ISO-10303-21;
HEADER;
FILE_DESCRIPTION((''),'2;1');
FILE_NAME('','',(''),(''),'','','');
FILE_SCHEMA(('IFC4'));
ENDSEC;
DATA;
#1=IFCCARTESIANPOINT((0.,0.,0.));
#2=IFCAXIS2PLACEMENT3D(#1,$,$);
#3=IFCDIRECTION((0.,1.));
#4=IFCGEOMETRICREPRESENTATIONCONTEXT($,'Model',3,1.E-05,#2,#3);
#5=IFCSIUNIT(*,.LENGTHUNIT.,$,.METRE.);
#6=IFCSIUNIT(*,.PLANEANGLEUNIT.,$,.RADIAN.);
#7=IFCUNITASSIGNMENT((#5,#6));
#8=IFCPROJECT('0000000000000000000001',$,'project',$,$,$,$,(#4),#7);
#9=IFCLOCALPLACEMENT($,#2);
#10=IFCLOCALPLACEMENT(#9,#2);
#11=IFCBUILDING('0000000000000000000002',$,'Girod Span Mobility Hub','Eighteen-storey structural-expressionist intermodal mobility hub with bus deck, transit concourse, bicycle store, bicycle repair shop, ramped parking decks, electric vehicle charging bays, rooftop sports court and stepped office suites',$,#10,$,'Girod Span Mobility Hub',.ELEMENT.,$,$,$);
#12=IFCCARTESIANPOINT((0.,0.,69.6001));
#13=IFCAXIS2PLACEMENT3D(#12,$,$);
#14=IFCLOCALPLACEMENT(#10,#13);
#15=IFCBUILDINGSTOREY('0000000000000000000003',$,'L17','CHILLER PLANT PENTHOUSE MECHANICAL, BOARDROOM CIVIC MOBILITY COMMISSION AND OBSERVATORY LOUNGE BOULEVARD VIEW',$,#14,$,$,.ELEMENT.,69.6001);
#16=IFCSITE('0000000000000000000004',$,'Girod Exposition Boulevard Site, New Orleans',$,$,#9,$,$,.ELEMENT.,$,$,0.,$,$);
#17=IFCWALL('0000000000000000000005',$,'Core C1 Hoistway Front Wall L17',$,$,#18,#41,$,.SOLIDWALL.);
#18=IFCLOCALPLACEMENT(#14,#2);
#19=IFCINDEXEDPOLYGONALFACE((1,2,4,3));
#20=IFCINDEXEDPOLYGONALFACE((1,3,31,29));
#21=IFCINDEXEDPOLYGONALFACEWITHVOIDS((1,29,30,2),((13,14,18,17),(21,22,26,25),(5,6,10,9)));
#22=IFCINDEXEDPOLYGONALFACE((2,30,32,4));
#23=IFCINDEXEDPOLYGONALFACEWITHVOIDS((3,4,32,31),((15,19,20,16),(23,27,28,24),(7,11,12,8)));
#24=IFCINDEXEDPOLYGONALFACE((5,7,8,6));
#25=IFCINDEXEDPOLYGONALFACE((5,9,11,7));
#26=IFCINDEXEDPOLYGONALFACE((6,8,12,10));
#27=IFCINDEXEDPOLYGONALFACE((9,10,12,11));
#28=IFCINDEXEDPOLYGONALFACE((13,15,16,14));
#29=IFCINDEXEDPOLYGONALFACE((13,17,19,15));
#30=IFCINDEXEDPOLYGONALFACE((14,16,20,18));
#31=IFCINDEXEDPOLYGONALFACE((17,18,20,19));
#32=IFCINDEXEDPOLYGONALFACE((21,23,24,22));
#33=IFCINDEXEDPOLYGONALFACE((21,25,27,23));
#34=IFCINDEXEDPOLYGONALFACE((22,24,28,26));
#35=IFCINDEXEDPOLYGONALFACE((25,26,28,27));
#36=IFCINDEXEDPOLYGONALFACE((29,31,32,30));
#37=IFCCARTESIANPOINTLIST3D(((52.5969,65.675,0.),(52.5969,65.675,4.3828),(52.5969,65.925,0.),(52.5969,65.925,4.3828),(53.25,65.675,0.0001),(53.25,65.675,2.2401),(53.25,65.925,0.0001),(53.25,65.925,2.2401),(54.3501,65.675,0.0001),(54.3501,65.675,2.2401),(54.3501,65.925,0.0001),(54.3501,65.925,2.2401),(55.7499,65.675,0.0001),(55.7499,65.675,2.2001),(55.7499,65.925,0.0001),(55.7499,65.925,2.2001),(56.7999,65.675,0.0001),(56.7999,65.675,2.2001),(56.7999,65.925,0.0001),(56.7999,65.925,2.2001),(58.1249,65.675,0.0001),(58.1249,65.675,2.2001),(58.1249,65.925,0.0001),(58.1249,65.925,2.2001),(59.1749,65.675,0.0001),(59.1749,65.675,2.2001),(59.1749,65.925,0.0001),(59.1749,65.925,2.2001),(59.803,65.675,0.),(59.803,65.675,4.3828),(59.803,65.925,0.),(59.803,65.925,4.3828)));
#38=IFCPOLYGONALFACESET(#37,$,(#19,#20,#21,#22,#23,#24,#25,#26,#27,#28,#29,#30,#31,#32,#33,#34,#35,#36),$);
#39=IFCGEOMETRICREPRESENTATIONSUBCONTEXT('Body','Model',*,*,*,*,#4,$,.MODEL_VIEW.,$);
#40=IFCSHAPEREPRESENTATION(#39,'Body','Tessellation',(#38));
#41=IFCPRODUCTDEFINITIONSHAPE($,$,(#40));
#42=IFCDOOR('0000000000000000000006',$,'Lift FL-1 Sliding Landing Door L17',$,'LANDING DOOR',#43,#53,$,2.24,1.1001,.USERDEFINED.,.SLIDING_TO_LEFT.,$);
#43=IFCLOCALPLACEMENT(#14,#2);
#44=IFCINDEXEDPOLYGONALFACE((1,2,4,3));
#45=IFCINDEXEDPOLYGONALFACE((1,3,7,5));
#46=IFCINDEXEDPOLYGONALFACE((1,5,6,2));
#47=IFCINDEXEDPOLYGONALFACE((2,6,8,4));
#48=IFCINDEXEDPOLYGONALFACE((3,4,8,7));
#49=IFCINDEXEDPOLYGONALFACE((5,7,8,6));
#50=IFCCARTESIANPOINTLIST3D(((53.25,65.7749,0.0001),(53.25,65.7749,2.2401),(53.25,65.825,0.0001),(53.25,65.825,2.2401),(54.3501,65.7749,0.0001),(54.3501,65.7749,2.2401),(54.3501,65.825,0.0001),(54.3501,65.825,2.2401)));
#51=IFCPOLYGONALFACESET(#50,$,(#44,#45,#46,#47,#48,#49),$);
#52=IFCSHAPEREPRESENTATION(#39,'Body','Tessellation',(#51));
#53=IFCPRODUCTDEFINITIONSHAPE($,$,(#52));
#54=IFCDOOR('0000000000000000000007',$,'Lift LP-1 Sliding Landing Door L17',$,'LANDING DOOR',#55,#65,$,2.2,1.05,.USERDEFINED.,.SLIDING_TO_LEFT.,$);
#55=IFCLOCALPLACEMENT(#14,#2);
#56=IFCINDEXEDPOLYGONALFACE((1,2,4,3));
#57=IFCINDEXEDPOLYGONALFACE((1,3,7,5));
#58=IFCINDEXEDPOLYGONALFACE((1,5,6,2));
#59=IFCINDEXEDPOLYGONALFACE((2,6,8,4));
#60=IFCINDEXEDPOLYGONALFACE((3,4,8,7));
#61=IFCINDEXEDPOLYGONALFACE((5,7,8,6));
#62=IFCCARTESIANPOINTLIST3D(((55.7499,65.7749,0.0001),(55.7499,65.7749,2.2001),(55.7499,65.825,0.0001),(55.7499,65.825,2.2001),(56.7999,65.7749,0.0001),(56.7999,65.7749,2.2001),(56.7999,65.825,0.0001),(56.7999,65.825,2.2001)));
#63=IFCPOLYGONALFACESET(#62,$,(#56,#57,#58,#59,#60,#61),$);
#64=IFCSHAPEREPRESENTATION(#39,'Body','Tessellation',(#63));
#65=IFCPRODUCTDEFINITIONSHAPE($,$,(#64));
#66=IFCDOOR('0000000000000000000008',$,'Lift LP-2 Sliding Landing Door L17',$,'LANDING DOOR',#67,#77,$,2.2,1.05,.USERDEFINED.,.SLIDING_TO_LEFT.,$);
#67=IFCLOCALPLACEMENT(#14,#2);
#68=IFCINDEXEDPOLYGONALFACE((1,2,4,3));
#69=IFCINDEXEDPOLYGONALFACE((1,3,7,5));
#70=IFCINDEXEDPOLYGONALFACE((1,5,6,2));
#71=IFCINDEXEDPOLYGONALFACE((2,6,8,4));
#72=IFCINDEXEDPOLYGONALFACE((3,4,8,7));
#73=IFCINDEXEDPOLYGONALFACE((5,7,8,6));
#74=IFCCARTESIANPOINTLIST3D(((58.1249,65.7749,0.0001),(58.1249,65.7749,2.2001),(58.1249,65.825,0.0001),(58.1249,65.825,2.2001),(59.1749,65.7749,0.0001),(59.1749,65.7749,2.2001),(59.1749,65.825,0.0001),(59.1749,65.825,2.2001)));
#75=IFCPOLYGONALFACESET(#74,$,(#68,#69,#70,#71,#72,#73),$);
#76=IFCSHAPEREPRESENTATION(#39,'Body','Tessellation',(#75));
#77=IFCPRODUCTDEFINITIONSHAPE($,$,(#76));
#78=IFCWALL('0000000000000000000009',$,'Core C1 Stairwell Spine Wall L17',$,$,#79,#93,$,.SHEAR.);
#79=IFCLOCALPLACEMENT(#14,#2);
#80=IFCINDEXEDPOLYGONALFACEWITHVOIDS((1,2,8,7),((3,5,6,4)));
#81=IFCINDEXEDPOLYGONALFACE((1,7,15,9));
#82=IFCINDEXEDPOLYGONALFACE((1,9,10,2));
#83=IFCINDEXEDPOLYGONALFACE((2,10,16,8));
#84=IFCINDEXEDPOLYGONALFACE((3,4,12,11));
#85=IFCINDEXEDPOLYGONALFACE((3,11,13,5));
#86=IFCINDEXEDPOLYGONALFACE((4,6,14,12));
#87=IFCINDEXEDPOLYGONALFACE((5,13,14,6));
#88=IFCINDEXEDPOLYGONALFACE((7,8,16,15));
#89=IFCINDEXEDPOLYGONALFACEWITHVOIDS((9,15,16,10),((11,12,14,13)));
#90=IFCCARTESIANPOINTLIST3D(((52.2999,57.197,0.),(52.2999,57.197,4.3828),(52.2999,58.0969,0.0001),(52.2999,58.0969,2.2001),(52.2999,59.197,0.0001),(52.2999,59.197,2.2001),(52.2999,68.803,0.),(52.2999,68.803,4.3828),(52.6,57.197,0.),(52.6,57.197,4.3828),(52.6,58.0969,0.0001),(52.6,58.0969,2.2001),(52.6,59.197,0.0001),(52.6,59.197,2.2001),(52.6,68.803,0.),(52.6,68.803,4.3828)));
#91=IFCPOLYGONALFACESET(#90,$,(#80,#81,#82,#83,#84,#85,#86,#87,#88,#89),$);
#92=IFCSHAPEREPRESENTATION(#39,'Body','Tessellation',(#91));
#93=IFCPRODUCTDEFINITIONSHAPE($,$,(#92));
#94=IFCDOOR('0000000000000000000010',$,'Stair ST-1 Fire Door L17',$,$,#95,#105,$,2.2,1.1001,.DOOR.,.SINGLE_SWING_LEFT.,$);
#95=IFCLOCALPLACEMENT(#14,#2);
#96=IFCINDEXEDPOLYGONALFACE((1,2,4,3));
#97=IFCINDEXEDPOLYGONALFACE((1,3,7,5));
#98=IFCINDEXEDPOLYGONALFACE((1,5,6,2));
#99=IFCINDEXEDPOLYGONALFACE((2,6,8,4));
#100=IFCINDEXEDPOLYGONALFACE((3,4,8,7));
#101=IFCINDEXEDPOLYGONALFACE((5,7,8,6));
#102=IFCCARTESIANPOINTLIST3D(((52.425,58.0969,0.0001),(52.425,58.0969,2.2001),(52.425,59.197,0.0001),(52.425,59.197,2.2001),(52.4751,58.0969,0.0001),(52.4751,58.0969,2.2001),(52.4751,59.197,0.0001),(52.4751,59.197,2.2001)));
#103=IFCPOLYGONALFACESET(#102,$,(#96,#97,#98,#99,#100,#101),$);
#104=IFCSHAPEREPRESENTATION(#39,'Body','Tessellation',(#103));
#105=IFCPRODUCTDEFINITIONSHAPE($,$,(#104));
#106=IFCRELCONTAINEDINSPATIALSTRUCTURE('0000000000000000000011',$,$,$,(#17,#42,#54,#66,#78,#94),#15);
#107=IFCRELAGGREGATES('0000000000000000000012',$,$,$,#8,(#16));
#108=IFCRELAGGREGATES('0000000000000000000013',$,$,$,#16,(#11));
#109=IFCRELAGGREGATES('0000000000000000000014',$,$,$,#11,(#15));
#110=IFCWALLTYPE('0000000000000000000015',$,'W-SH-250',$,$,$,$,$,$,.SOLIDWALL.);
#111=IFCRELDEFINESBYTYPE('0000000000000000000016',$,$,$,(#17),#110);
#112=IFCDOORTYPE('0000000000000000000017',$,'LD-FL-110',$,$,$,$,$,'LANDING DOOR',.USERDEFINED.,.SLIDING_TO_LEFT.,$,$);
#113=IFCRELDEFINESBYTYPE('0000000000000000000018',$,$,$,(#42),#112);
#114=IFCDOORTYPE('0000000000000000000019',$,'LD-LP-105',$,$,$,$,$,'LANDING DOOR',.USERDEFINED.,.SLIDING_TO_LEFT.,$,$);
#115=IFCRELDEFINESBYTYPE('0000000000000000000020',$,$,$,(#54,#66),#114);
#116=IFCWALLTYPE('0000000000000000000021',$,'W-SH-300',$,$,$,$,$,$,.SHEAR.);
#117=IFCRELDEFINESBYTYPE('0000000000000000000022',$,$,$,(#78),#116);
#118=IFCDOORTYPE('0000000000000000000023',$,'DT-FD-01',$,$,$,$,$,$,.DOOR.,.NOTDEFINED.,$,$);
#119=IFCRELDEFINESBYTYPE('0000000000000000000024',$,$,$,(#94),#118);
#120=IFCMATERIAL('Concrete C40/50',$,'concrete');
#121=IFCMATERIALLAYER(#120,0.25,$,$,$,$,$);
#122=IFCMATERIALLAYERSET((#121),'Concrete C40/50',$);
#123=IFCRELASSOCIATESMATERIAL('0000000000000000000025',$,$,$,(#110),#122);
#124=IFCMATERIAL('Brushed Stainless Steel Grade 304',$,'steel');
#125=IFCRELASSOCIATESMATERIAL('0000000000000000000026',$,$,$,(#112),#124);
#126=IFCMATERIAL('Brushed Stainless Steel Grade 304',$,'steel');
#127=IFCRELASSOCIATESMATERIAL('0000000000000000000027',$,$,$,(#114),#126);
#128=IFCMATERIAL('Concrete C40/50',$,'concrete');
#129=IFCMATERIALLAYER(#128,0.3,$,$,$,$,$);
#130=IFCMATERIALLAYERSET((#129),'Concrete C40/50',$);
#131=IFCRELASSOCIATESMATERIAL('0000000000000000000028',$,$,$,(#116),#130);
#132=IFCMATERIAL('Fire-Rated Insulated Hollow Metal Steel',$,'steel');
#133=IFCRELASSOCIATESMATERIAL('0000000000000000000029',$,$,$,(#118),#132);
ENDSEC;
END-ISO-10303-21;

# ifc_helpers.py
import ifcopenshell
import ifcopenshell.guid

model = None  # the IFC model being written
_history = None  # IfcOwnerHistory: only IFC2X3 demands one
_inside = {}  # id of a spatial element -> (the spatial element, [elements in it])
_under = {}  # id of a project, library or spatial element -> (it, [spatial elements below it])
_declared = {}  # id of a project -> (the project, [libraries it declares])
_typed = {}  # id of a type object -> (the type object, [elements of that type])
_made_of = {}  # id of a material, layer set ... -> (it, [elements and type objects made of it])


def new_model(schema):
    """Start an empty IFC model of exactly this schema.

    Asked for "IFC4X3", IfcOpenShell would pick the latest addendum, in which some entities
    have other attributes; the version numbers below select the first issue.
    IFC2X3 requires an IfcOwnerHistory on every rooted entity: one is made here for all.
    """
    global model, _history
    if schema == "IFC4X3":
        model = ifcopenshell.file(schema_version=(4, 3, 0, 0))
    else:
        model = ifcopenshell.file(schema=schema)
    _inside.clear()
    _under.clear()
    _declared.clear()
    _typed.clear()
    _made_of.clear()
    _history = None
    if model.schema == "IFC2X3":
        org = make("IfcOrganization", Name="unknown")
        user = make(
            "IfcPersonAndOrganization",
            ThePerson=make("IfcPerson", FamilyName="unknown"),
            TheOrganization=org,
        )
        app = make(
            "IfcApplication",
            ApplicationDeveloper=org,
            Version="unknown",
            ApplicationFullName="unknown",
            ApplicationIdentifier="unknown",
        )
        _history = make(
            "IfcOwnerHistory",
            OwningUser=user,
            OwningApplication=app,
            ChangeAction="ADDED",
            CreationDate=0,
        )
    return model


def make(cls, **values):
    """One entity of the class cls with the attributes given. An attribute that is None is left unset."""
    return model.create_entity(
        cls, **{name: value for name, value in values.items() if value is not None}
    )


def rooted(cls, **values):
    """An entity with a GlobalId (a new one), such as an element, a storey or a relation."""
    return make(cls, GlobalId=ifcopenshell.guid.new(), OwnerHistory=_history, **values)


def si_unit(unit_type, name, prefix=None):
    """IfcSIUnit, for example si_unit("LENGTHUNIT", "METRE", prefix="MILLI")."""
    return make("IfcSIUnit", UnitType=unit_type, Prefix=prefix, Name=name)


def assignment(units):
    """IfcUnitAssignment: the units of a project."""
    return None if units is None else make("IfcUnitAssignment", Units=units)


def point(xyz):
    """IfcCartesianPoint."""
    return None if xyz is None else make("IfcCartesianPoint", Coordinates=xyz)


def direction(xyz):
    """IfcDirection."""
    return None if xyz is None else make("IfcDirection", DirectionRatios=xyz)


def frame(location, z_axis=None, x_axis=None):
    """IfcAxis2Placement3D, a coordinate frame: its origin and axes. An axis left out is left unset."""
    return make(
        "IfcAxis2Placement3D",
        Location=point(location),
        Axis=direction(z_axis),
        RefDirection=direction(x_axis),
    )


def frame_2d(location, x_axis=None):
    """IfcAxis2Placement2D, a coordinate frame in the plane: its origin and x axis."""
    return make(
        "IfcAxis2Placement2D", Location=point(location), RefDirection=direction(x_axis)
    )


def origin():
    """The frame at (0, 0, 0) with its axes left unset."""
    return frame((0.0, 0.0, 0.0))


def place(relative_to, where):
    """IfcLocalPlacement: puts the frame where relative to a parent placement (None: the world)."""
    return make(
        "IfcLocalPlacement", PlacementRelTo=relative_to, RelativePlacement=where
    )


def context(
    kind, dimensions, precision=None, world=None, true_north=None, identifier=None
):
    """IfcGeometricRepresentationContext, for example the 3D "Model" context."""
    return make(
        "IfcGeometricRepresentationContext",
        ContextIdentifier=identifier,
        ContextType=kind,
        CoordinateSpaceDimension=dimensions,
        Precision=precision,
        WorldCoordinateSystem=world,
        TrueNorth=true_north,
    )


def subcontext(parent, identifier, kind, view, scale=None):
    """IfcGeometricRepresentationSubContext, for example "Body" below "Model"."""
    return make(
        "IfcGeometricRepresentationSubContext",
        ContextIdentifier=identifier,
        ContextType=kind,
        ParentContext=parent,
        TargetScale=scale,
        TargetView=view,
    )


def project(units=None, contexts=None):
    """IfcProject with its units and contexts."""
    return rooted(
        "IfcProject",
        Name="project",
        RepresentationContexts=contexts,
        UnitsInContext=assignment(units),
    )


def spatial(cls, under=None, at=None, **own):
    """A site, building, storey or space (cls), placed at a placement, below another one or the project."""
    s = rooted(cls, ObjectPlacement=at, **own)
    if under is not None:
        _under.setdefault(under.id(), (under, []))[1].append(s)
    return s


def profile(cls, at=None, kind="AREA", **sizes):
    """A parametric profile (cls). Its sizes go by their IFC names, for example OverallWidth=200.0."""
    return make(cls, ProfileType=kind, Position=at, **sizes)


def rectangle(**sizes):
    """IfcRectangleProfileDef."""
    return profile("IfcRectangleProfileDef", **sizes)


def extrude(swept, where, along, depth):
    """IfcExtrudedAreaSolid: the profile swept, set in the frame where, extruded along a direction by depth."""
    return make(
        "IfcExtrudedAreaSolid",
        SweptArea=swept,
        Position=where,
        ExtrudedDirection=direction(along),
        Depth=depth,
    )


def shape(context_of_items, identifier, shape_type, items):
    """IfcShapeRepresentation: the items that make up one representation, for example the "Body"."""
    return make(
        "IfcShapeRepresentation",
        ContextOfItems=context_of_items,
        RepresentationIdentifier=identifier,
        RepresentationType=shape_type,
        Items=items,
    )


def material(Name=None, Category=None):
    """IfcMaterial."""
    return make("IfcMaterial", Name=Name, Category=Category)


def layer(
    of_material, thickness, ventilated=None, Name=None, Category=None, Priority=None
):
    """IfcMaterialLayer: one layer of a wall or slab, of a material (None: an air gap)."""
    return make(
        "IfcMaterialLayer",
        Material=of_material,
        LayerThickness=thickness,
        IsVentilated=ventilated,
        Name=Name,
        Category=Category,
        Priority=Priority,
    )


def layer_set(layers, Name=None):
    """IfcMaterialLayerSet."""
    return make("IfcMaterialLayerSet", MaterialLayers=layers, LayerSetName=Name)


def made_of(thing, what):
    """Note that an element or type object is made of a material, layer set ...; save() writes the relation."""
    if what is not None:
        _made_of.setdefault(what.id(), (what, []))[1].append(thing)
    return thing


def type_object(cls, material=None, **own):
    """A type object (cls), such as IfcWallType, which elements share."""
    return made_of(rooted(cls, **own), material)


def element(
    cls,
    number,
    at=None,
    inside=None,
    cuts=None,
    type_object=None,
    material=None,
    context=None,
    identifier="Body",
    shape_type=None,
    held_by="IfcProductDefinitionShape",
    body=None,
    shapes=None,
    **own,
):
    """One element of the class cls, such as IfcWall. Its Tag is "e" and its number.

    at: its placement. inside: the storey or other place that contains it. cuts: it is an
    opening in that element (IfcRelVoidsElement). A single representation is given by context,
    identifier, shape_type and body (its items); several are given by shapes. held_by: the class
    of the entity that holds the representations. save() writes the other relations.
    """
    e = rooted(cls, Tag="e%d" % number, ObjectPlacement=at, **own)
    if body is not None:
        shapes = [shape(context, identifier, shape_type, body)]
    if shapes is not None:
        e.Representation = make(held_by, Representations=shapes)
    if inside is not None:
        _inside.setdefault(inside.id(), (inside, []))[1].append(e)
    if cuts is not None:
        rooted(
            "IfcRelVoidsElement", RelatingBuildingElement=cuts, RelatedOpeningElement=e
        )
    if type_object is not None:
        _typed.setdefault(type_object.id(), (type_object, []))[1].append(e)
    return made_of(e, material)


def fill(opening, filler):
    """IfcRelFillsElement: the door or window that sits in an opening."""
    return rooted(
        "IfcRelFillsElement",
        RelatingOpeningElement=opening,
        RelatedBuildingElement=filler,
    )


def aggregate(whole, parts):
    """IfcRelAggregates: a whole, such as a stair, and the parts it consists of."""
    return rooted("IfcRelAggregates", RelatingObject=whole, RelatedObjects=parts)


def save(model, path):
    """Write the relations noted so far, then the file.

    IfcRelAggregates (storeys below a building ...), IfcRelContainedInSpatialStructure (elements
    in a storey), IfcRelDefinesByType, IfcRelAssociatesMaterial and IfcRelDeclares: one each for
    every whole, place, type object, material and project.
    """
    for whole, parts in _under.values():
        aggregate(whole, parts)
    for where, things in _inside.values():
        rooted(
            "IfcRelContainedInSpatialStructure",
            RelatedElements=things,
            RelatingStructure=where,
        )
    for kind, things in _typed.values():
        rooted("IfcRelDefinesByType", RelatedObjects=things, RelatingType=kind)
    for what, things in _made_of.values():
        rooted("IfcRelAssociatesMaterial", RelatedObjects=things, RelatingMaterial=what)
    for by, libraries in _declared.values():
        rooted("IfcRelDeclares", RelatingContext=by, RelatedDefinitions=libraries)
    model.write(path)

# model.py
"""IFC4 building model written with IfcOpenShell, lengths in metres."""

from ifc_helpers import new_model, si_unit, direction, frame, frame_2d, origin, place, context, subcontext, project, spatial, rectangle, extrude, material, layer, layer_set, type_object, element, fill, save


model = new_model("IFC4")

# Units and contexts
model_context = context("Model", 3, precision=1e-05, world=origin(), true_north=direction((0.0, 1.0)))
body_context = subcontext(model_context, "Body", "Model", "MODEL_VIEW")
ifc_project = project(units=[si_unit("LENGTHUNIT", "METRE"), si_unit("PLANEANGLEUNIT", "RADIAN")], contexts=[model_context])

# Site, building, storey
site_placement = place(None, origin())
site = spatial("IfcSite", under=ifc_project, at=site_placement, Name="Girod Exposition Boulevard Site, New Orleans", CompositionType="ELEMENT", RefElevation=0.0)
building_placement = place(site_placement, origin())
building = spatial("IfcBuilding", under=site, at=building_placement, Name="Girod Span Mobility Hub", Description="Eighteen-storey structural-expressionist intermodal mobility hub with bus deck, transit concourse, bicycle store, bicycle repair shop, ramped parking decks, electric vehicle charging bays, rooftop sports court and stepped office suites", LongName="Girod Span Mobility Hub", CompositionType="ELEMENT")
storey_placement = place(building_placement, frame((0.0, 0.0, 69.6001)))
storey = spatial("IfcBuildingStorey", under=building, at=storey_placement, Name="L17", Description="CHILLER PLANT PENTHOUSE MECHANICAL, BOARDROOM CIVIC MOBILITY COMMISSION AND OBSERVATORY LOUNGE BOULEVARD VIEW", CompositionType="ELEMENT", Elevation=69.6001)

# Wall, openings, doors
ifc_material_1 = material(Name="Concrete C40/50", Category="concrete")
ifc_layer_1 = layer(ifc_material_1, 0.25)
ifc_layer_set_1 = layer_set([ifc_layer_1], Name="Concrete C40/50")
wall_type_1 = type_object("IfcWallType", Name="W-SH-250", PredefinedType="SOLIDWALL", material=ifc_layer_set_1)
wall_1_placement = place(storey_placement, frame((52.5969, 65.8, 0.0), z_axis=(0.0, 0.0, 1.0), x_axis=(1.0, 0.0, 0.0)))
wall_1 = element("IfcWall", 1, at=wall_1_placement, inside=storey, type_object=wall_type_1, Name="Core C1 Hoistway Front Wall L17", PredefinedType="SOLIDWALL", context=body_context, shape_type="SweptSolid", body=[
    extrude(rectangle(XDim=7.2061, YDim=0.25, at=frame_2d((3.603, 0.0))), origin(), (0.0, 0.0, 1.0), 4.3828),
])
opening_1_placement = place(wall_1_placement, frame((0.6531, 0.0, 0.0)))
opening_1 = element("IfcOpeningElement", 2, at=opening_1_placement, cuts=wall_1, PredefinedType="OPENING", context=body_context, shape_type="SweptSolid", body=[
    extrude(rectangle(XDim=1.1001, YDim=2.24, at=frame_2d((0.55, 1.1201))), frame((0.0, 0.1399, 0.0), z_axis=(0.0, -1.0, 0.0), x_axis=(1.0, 0.0, 0.0)), (0.0, 0.0, 1.0), 0.28),
])
opening_2_placement = place(wall_1_placement, frame((3.1531, 0.0, 0.0)))
opening_2 = element("IfcOpeningElement", 3, at=opening_2_placement, cuts=wall_1, PredefinedType="OPENING", context=body_context, shape_type="SweptSolid", body=[
    extrude(rectangle(XDim=1.05, YDim=2.2, at=frame_2d((0.5249, 1.1001))), frame((0.0, 0.1399, 0.0), z_axis=(0.0, -1.0, 0.0), x_axis=(1.0, 0.0, 0.0)), (0.0, 0.0, 1.0), 0.28),
])
opening_3_placement = place(wall_1_placement, frame((5.5281, 0.0, 0.0)))
opening_3 = element("IfcOpeningElement", 4, at=opening_3_placement, cuts=wall_1, PredefinedType="OPENING", context=body_context, shape_type="SweptSolid", body=[
    extrude(rectangle(XDim=1.05, YDim=2.2, at=frame_2d((0.5249, 1.1001))), frame((0.0, 0.1399, 0.0), z_axis=(0.0, -1.0, 0.0), x_axis=(1.0, 0.0, 0.0)), (0.0, 0.0, 1.0), 0.28),
])
ifc_material_2 = material(Name="Brushed Stainless Steel Grade 304", Category="steel")
door_type_1 = type_object("IfcDoorType", Name="LD-FL-110", ElementType="LANDING DOOR", OperationType="SLIDING_TO_LEFT", PredefinedType="USERDEFINED", material=ifc_material_2)
door_1_placement = place(opening_1_placement, origin())
door_1 = element("IfcDoor", 5, at=door_1_placement, inside=storey, type_object=door_type_1, Name="Lift FL-1 Sliding Landing Door L17", ObjectType="LANDING DOOR", OperationType="SLIDING_TO_LEFT", OverallHeight=2.24, OverallWidth=1.1001, PredefinedType="USERDEFINED", context=body_context, shape_type="SweptSolid", body=[
    extrude(rectangle(XDim=1.1001, YDim=2.24, at=frame_2d((0.55, 1.1201))), frame((0.0, 0.0249, 0.0), z_axis=(0.0, -1.0, 0.0), x_axis=(1.0, 0.0, 0.0)), (0.0, 0.0, 1.0), 0.05),
])
fill(opening_1, door_1)
ifc_material_3 = material(Name="Brushed Stainless Steel Grade 304", Category="steel")
door_type_2 = type_object("IfcDoorType", Name="LD-LP-105", ElementType="LANDING DOOR", OperationType="SLIDING_TO_LEFT", PredefinedType="USERDEFINED", material=ifc_material_3)
door_2_placement = place(opening_2_placement, origin())
door_2 = element("IfcDoor", 6, at=door_2_placement, inside=storey, type_object=door_type_2, Name="Lift LP-1 Sliding Landing Door L17", ObjectType="LANDING DOOR", OperationType="SLIDING_TO_LEFT", OverallHeight=2.2, OverallWidth=1.05, PredefinedType="USERDEFINED", context=body_context, shape_type="SweptSolid", body=[
    extrude(rectangle(XDim=1.05, YDim=2.2, at=frame_2d((0.5249, 1.1001))), frame((0.0, 0.0249, 0.0), z_axis=(0.0, -1.0, 0.0), x_axis=(1.0, 0.0, 0.0)), (0.0, 0.0, 1.0), 0.05),
])
fill(opening_2, door_2)
door_3_placement = place(opening_3_placement, origin())
door_3 = element("IfcDoor", 7, at=door_3_placement, inside=storey, type_object=door_type_2, Name="Lift LP-2 Sliding Landing Door L17", ObjectType="LANDING DOOR", OperationType="SLIDING_TO_LEFT", OverallHeight=2.2, OverallWidth=1.05, PredefinedType="USERDEFINED", context=body_context, shape_type="SweptSolid", body=[
    extrude(rectangle(XDim=1.05, YDim=2.2, at=frame_2d((0.5249, 1.1001))), frame((0.0, 0.0249, 0.0), z_axis=(0.0, -1.0, 0.0), x_axis=(1.0, 0.0, 0.0)), (0.0, 0.0, 1.0), 0.05),
])
fill(opening_3, door_3)

# Wall, opening, door
ifc_material_4 = material(Name="Concrete C40/50", Category="concrete")
ifc_layer_2 = layer(ifc_material_4, 0.3)
ifc_layer_set_2 = layer_set([ifc_layer_2], Name="Concrete C40/50")
wall_type_2 = type_object("IfcWallType", Name="W-SH-300", PredefinedType="SHEAR", material=ifc_layer_set_2)
wall_2_placement = place(storey_placement, frame((52.45, 57.197, 0.0), z_axis=(0.0, 0.0, 1.0), x_axis=(0.0, 1.0, 0.0)))
wall_2 = element("IfcWall", 8, at=wall_2_placement, inside=storey, type_object=wall_type_2, Name="Core C1 Stairwell Spine Wall L17", PredefinedType="SHEAR", context=body_context, shape_type="SweptSolid", body=[
    extrude(rectangle(XDim=11.606, YDim=0.3, at=frame_2d((5.803, 0.0))), origin(), (0.0, 0.0, 1.0), 4.3828),
])
opening_4_placement = place(wall_2_placement, frame((0.8999, 0.0, 0.0)))
opening_4 = element("IfcOpeningElement", 9, at=opening_4_placement, cuts=wall_2, PredefinedType="OPENING", context=body_context, shape_type="SweptSolid", body=[
    extrude(rectangle(XDim=1.1001, YDim=2.2, at=frame_2d((0.55, 1.1001))), frame((0.0, 0.165, 0.0), z_axis=(0.0, -1.0, 0.0), x_axis=(1.0, 0.0, 0.0)), (0.0, 0.0, 1.0), 0.3301),
])
ifc_material_5 = material(Name="Fire-Rated Insulated Hollow Metal Steel", Category="steel")
door_type_3 = type_object("IfcDoorType", Name="DT-FD-01", OperationType="NOTDEFINED", PredefinedType="DOOR", material=ifc_material_5)
door_4_placement = place(opening_4_placement, origin())
door_4 = element("IfcDoor", 10, at=door_4_placement, inside=storey, type_object=door_type_3, Name="Stair ST-1 Fire Door L17", OperationType="SINGLE_SWING_LEFT", OverallHeight=2.2, OverallWidth=1.1001, PredefinedType="DOOR", context=body_context, shape_type="SweptSolid", body=[
    extrude(rectangle(XDim=1.1001, YDim=2.2, at=frame_2d((0.55, 1.1001))), frame((0.0, 0.0249, 0.0), z_axis=(0.0, -1.0, 0.0), x_axis=(1.0, 0.0, 0.0)), (0.0, 0.0, 1.0), 0.05),
])
fill(opening_4, door_4)

save(model, "model.ifc")
